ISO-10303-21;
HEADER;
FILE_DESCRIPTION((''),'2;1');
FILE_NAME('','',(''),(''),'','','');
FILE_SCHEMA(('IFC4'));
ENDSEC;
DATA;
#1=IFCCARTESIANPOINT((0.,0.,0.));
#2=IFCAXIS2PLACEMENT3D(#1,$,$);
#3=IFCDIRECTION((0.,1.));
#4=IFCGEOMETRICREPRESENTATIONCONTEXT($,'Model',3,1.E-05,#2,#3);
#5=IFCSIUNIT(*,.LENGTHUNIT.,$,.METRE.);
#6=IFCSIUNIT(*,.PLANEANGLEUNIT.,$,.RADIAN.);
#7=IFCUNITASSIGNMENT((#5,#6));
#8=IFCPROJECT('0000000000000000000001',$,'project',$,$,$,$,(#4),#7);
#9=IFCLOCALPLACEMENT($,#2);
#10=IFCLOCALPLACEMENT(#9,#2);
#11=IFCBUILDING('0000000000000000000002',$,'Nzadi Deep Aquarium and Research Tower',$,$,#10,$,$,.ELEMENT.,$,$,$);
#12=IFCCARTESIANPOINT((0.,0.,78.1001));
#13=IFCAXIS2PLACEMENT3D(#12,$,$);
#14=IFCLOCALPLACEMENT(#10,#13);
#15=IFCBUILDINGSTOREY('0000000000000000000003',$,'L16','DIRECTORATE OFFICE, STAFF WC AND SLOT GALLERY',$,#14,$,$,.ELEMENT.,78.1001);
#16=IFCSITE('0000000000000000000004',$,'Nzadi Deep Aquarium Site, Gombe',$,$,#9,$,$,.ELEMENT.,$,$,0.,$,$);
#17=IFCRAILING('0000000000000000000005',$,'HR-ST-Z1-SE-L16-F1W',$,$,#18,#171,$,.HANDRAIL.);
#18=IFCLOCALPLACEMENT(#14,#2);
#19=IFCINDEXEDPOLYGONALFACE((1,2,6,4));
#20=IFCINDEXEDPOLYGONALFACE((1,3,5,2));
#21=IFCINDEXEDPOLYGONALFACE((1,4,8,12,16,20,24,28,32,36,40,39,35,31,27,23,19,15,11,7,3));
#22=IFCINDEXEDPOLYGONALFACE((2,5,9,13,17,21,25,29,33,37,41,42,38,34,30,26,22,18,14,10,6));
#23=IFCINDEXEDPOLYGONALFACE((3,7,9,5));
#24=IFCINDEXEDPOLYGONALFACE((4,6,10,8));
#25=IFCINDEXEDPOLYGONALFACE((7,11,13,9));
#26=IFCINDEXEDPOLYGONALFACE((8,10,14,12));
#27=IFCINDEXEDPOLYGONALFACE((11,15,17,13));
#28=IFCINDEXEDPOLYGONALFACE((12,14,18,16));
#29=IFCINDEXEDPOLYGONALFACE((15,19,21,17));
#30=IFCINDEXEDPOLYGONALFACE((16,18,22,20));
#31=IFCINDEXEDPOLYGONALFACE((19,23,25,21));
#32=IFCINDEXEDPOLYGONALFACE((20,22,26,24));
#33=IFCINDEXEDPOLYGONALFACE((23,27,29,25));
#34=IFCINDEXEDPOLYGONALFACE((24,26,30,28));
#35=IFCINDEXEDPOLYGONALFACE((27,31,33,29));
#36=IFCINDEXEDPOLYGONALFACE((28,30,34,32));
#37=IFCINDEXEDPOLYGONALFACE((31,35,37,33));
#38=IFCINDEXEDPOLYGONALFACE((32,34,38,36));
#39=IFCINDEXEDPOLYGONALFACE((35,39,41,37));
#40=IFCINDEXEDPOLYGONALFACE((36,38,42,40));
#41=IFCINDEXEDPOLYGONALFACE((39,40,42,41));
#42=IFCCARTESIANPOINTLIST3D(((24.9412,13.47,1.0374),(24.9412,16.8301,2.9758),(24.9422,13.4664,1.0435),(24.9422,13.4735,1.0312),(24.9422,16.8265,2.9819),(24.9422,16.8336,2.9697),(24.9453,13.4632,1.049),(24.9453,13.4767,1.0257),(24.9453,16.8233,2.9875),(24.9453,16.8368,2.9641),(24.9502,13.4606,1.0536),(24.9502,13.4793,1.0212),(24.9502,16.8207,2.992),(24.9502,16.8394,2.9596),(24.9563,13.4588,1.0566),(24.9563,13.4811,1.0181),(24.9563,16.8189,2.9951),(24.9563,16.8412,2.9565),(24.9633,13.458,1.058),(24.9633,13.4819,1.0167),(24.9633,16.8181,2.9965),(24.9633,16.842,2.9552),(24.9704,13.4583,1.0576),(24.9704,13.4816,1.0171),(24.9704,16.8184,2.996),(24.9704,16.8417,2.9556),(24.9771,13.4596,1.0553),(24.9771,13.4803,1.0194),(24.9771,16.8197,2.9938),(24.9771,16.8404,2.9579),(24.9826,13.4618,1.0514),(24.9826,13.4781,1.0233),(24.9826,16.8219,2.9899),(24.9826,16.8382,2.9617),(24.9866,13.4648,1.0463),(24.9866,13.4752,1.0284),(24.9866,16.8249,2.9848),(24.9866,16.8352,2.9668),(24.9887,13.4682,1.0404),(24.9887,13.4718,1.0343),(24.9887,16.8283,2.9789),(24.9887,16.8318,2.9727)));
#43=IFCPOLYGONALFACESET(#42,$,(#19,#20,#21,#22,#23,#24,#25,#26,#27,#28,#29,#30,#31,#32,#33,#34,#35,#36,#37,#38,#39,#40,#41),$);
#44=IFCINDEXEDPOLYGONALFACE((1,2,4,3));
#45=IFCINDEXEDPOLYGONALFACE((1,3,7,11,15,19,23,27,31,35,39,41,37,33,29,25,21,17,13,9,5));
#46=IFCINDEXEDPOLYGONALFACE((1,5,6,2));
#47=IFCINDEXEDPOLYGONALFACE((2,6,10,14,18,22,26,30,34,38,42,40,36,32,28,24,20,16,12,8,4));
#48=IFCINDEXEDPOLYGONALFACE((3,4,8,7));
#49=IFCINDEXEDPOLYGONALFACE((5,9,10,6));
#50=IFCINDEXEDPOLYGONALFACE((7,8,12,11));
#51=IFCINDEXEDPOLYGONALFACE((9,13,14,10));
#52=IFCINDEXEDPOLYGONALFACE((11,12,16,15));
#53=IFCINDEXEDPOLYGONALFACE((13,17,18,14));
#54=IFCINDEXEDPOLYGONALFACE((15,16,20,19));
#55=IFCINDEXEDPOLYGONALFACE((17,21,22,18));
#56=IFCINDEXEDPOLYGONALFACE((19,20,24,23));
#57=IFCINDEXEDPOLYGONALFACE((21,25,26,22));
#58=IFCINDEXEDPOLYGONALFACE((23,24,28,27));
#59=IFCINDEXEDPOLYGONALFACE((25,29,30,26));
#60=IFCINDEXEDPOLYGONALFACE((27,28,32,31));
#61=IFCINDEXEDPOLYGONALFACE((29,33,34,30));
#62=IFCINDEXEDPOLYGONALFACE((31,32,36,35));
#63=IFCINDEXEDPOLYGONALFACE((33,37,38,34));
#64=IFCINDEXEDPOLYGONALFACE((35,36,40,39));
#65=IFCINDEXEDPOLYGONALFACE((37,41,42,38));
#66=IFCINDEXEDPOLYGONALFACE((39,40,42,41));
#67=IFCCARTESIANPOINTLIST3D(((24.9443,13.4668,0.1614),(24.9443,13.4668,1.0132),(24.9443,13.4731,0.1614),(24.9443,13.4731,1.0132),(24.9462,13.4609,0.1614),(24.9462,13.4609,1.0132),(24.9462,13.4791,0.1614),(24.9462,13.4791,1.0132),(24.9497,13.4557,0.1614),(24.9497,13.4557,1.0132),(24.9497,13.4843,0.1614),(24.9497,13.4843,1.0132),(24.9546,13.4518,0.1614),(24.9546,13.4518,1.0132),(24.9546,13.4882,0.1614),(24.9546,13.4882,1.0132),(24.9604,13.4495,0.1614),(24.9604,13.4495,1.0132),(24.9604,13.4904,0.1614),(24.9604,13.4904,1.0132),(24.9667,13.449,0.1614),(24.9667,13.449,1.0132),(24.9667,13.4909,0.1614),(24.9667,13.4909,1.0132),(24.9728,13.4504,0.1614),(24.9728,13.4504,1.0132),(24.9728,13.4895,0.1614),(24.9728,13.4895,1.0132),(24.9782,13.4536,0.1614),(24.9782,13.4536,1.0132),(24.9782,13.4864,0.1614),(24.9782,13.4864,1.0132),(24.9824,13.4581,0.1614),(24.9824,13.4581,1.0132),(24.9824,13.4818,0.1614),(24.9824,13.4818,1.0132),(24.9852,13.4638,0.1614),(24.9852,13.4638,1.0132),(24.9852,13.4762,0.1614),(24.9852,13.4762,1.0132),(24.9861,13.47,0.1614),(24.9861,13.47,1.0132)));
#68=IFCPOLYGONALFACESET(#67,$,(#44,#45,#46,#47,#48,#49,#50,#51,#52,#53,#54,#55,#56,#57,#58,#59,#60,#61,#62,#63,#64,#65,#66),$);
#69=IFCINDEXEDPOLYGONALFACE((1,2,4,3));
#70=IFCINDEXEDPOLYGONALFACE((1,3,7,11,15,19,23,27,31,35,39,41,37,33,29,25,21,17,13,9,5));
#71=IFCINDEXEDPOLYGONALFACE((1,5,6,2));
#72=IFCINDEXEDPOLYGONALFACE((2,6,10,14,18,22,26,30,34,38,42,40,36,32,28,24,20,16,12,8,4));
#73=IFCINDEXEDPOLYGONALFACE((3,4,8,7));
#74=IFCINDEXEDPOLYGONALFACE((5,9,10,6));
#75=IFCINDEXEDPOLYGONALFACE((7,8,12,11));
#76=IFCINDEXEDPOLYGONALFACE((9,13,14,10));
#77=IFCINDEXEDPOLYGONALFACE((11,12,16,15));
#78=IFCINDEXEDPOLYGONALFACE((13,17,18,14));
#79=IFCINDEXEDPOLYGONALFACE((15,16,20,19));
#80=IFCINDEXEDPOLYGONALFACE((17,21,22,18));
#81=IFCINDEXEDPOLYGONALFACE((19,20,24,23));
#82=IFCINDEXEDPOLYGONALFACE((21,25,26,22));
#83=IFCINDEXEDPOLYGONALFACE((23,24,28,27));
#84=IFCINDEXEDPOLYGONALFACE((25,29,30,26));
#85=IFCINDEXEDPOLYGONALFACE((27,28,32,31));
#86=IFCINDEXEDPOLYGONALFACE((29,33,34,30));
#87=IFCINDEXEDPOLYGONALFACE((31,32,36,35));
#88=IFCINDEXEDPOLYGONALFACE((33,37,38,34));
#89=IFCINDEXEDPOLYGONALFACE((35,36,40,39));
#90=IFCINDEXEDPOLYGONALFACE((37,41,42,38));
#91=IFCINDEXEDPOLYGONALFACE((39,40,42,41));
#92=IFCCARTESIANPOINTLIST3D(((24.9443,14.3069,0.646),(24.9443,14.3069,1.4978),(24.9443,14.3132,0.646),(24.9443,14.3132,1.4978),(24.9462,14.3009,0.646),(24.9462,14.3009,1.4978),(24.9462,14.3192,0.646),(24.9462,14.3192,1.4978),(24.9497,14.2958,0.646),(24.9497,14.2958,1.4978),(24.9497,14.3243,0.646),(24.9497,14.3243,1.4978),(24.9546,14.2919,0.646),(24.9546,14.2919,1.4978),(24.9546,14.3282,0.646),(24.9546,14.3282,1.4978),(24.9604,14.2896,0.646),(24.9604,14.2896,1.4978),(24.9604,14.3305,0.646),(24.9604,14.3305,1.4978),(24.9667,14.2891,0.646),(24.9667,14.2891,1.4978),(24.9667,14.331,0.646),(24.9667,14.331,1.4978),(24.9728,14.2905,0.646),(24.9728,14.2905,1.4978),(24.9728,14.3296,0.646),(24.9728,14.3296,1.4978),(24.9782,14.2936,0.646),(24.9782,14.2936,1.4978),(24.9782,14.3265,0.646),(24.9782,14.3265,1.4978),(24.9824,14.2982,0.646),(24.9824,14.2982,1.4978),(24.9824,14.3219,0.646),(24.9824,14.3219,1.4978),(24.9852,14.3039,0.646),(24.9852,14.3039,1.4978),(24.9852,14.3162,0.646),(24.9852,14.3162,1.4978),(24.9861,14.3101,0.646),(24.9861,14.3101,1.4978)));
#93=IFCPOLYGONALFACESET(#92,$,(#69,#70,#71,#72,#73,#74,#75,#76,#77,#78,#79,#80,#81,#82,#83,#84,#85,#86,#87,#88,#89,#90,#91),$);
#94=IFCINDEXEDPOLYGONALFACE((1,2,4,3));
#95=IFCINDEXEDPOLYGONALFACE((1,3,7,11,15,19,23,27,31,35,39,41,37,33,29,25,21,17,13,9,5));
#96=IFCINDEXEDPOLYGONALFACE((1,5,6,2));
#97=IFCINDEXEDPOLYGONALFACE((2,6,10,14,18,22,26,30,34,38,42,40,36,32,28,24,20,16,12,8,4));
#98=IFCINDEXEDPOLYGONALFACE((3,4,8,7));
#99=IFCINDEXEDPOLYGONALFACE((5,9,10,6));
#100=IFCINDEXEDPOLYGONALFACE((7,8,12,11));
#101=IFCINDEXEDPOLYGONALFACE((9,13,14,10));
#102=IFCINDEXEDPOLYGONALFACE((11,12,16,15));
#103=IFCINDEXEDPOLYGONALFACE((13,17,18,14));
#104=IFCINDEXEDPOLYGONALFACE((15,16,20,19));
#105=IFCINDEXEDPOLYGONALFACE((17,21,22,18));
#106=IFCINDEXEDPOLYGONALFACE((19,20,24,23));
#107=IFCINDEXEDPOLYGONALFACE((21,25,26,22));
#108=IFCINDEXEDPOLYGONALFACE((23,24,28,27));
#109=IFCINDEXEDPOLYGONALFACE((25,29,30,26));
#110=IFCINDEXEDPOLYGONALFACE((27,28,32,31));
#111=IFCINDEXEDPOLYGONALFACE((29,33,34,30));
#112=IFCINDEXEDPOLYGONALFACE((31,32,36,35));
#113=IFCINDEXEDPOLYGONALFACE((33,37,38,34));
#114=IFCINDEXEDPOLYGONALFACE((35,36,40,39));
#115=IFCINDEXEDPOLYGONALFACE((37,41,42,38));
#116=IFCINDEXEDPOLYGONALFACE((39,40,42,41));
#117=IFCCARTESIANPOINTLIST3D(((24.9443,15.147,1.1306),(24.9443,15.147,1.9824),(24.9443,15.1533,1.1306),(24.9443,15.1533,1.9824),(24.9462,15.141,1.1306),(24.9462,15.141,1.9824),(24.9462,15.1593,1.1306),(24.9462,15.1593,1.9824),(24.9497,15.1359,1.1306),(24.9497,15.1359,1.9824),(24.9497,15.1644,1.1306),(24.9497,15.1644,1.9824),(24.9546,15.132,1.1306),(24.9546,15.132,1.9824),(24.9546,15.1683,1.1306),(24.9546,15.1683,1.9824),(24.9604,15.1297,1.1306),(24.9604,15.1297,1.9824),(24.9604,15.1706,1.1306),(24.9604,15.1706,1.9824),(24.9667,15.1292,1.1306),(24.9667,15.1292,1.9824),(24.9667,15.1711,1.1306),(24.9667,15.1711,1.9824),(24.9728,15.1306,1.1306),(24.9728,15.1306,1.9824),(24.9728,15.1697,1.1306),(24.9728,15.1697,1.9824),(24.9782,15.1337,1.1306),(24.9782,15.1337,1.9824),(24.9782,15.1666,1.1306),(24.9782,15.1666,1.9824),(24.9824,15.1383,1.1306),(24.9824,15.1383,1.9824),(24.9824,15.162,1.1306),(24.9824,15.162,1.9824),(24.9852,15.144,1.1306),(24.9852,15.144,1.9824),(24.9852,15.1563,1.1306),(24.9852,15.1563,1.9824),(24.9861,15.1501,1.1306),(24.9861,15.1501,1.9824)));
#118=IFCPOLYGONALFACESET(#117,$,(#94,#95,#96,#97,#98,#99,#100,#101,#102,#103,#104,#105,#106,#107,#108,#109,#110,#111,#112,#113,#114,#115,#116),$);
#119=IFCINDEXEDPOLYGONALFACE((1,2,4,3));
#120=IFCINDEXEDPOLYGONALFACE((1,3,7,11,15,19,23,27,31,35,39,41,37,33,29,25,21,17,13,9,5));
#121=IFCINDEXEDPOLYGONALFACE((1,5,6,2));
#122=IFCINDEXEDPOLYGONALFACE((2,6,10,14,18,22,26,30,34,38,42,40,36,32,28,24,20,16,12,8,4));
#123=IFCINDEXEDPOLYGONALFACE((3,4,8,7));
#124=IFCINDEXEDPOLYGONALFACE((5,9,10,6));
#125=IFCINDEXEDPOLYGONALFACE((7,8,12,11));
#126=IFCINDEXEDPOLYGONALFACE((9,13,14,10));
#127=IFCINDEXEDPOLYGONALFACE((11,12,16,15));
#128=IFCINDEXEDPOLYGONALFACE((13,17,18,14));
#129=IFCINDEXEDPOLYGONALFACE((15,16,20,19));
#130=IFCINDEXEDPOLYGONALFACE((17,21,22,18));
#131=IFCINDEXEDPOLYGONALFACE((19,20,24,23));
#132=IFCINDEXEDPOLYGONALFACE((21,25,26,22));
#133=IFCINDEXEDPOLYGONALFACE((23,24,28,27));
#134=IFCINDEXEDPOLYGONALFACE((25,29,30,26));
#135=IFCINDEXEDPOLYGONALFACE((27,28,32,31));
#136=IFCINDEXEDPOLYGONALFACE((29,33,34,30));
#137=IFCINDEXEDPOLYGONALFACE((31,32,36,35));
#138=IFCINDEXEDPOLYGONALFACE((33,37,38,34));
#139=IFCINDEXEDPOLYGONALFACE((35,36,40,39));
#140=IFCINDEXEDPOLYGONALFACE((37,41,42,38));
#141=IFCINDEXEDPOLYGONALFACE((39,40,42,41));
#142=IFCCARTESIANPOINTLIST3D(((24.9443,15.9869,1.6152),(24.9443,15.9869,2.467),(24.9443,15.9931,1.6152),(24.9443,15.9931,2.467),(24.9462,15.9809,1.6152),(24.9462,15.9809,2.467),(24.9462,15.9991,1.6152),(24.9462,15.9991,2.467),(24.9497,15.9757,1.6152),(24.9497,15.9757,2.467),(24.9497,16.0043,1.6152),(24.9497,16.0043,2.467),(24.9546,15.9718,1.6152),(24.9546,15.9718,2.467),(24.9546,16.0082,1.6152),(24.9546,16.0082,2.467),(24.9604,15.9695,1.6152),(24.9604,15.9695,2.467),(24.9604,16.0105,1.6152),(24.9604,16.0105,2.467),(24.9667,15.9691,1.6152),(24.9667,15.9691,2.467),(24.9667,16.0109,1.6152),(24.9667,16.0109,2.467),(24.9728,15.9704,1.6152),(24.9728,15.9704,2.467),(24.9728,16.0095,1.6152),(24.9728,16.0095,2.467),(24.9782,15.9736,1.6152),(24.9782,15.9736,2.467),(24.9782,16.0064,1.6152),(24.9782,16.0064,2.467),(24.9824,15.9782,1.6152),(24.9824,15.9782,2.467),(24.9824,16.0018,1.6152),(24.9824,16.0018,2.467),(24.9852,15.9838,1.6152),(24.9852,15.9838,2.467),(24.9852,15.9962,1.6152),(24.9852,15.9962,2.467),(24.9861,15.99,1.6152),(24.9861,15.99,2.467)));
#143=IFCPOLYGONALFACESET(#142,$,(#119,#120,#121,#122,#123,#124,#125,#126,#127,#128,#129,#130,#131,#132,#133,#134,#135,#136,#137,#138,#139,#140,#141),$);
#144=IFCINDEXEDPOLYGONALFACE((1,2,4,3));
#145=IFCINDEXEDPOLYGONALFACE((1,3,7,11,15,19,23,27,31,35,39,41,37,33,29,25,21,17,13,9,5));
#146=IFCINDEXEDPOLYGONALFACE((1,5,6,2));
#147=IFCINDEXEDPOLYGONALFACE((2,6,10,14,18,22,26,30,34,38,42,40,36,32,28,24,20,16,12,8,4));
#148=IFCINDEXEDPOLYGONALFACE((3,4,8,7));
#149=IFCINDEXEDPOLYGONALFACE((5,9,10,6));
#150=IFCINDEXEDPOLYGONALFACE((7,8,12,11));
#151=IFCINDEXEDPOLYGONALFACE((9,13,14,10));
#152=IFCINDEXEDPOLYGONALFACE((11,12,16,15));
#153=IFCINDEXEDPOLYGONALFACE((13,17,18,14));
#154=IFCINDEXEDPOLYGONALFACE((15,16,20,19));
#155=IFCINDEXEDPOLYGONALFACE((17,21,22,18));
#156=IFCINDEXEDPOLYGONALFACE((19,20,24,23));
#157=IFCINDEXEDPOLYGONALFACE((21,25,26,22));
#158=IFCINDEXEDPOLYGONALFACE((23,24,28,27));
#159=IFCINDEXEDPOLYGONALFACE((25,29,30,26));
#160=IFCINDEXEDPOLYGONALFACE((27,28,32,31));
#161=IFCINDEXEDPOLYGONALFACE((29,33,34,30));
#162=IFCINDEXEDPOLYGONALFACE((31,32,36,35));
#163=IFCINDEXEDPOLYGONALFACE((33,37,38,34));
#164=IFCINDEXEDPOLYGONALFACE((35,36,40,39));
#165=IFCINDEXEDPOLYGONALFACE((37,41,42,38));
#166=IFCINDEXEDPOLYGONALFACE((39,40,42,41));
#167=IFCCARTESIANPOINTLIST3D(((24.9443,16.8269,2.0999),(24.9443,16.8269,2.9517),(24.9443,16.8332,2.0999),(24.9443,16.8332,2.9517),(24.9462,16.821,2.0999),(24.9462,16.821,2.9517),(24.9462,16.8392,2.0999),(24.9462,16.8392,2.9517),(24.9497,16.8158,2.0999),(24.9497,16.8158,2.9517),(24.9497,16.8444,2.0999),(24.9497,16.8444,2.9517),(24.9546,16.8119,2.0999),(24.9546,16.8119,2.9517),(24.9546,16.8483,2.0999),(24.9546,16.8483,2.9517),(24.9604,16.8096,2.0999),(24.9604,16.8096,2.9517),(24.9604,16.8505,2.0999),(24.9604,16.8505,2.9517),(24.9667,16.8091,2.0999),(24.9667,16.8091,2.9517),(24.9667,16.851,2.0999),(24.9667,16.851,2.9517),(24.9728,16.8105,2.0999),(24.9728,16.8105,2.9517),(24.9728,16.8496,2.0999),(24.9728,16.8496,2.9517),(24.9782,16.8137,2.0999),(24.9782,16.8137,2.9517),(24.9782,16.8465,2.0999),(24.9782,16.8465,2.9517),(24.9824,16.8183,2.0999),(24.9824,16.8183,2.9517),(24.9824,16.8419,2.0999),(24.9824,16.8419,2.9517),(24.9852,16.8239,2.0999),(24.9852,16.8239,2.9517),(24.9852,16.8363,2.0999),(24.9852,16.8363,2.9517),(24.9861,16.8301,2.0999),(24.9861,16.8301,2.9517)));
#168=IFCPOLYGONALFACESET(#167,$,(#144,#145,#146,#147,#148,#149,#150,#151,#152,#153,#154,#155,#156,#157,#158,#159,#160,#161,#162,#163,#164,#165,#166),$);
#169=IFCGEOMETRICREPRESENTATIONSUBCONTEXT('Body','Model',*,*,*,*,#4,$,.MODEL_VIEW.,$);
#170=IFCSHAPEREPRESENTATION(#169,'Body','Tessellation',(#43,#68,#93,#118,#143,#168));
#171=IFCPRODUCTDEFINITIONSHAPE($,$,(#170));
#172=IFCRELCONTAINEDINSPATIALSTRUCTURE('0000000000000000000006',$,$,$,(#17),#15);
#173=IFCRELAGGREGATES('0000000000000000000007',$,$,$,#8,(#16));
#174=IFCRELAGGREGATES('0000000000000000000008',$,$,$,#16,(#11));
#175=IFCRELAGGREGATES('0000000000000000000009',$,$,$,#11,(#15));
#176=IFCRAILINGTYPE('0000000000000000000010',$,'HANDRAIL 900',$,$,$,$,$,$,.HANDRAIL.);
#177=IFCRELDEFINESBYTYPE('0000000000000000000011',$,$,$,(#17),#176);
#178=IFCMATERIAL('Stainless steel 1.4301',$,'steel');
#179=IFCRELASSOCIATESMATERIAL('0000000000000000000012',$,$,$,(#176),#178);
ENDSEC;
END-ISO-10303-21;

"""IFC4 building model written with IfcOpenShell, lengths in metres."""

from ifc_helpers import new_model, si_unit, direction, frame, origin, origin_2d, place, context, subcontext, project, spatial, circle, extrude, material, type_object, element, save


model = new_model("IFC4")

# Units and contexts
model_context = context("Model", 3, precision=1e-05, world=origin(), true_north=direction((0.0, 1.0)))
body_context = subcontext(model_context, "Body", "Model", "MODEL_VIEW")
ifc_project = project(units=[si_unit("LENGTHUNIT", "METRE"), si_unit("PLANEANGLEUNIT", "RADIAN")], contexts=[model_context])

# Site, building, storey
site_placement = place(None, origin())
site = spatial("IfcSite", under=ifc_project, at=site_placement, Name="Nzadi Deep Aquarium Site, Gombe", CompositionType="ELEMENT", RefElevation=0.0)
building_placement = place(site_placement, origin())
building = spatial("IfcBuilding", under=site, at=building_placement, Name="Nzadi Deep Aquarium and Research Tower", CompositionType="ELEMENT")
storey_placement = place(building_placement, frame((0.0, 0.0, 78.1001)))
storey = spatial("IfcBuildingStorey", under=building, at=storey_placement, Name="L16", Description="DIRECTORATE OFFICE, STAFF WC AND SLOT GALLERY", CompositionType="ELEMENT", Elevation=78.1001)

# Railing
ifc_material_1 = material(Name="Stainless steel 1.4301", Category="steel")
railing_type_1 = type_object("IfcRailingType", Name="HANDRAIL 900", PredefinedType="HANDRAIL", material=ifc_material_1)
for number, where, name in (
    (1, (24.9651, 13.47, 0.1614), "HR-ST-Z1-SE-L16-F1W"),
):
    element("IfcRailing", number, at=place(storey_placement, frame(where)), inside=storey, type_object=railing_type_1, Name=name, PredefinedType="HANDRAIL", context=body_context, shape_type="SweptSolid", body=[
        extrude(circle(Radius=0.0239, at=origin_2d()), frame((0.0, 0.0, 0.876), z_axis=(0.0, 0.866191, 0.499713), x_axis=(-1.0, 0.0, 0.0)), (0.0, 0.0, 1.0), 3.8792),
        extrude(circle(Radius=0.021, at=origin_2d()), origin(), (0.0, 0.0, 1.0), 0.8518),
        extrude(circle(Radius=0.021, at=origin_2d()), frame((0.0, 0.8401, 0.4846)), (0.0, 0.0, 1.0), 0.8518),
        extrude(circle(Radius=0.021, at=origin_2d()), frame((0.0, 1.6802, 0.9692)), (0.0, 0.0, 1.0), 0.8518),
        extrude(circle(Radius=0.021, at=origin_2d()), frame((0.0, 2.52, 1.4539)), (0.0, 0.0, 1.0), 0.8518),
        extrude(circle(Radius=0.021, at=origin_2d()), frame((0.0, 3.3601, 1.9385)), (0.0, 0.0, 1.0), 0.8518),
    ])

save(model, "model.ifc")
